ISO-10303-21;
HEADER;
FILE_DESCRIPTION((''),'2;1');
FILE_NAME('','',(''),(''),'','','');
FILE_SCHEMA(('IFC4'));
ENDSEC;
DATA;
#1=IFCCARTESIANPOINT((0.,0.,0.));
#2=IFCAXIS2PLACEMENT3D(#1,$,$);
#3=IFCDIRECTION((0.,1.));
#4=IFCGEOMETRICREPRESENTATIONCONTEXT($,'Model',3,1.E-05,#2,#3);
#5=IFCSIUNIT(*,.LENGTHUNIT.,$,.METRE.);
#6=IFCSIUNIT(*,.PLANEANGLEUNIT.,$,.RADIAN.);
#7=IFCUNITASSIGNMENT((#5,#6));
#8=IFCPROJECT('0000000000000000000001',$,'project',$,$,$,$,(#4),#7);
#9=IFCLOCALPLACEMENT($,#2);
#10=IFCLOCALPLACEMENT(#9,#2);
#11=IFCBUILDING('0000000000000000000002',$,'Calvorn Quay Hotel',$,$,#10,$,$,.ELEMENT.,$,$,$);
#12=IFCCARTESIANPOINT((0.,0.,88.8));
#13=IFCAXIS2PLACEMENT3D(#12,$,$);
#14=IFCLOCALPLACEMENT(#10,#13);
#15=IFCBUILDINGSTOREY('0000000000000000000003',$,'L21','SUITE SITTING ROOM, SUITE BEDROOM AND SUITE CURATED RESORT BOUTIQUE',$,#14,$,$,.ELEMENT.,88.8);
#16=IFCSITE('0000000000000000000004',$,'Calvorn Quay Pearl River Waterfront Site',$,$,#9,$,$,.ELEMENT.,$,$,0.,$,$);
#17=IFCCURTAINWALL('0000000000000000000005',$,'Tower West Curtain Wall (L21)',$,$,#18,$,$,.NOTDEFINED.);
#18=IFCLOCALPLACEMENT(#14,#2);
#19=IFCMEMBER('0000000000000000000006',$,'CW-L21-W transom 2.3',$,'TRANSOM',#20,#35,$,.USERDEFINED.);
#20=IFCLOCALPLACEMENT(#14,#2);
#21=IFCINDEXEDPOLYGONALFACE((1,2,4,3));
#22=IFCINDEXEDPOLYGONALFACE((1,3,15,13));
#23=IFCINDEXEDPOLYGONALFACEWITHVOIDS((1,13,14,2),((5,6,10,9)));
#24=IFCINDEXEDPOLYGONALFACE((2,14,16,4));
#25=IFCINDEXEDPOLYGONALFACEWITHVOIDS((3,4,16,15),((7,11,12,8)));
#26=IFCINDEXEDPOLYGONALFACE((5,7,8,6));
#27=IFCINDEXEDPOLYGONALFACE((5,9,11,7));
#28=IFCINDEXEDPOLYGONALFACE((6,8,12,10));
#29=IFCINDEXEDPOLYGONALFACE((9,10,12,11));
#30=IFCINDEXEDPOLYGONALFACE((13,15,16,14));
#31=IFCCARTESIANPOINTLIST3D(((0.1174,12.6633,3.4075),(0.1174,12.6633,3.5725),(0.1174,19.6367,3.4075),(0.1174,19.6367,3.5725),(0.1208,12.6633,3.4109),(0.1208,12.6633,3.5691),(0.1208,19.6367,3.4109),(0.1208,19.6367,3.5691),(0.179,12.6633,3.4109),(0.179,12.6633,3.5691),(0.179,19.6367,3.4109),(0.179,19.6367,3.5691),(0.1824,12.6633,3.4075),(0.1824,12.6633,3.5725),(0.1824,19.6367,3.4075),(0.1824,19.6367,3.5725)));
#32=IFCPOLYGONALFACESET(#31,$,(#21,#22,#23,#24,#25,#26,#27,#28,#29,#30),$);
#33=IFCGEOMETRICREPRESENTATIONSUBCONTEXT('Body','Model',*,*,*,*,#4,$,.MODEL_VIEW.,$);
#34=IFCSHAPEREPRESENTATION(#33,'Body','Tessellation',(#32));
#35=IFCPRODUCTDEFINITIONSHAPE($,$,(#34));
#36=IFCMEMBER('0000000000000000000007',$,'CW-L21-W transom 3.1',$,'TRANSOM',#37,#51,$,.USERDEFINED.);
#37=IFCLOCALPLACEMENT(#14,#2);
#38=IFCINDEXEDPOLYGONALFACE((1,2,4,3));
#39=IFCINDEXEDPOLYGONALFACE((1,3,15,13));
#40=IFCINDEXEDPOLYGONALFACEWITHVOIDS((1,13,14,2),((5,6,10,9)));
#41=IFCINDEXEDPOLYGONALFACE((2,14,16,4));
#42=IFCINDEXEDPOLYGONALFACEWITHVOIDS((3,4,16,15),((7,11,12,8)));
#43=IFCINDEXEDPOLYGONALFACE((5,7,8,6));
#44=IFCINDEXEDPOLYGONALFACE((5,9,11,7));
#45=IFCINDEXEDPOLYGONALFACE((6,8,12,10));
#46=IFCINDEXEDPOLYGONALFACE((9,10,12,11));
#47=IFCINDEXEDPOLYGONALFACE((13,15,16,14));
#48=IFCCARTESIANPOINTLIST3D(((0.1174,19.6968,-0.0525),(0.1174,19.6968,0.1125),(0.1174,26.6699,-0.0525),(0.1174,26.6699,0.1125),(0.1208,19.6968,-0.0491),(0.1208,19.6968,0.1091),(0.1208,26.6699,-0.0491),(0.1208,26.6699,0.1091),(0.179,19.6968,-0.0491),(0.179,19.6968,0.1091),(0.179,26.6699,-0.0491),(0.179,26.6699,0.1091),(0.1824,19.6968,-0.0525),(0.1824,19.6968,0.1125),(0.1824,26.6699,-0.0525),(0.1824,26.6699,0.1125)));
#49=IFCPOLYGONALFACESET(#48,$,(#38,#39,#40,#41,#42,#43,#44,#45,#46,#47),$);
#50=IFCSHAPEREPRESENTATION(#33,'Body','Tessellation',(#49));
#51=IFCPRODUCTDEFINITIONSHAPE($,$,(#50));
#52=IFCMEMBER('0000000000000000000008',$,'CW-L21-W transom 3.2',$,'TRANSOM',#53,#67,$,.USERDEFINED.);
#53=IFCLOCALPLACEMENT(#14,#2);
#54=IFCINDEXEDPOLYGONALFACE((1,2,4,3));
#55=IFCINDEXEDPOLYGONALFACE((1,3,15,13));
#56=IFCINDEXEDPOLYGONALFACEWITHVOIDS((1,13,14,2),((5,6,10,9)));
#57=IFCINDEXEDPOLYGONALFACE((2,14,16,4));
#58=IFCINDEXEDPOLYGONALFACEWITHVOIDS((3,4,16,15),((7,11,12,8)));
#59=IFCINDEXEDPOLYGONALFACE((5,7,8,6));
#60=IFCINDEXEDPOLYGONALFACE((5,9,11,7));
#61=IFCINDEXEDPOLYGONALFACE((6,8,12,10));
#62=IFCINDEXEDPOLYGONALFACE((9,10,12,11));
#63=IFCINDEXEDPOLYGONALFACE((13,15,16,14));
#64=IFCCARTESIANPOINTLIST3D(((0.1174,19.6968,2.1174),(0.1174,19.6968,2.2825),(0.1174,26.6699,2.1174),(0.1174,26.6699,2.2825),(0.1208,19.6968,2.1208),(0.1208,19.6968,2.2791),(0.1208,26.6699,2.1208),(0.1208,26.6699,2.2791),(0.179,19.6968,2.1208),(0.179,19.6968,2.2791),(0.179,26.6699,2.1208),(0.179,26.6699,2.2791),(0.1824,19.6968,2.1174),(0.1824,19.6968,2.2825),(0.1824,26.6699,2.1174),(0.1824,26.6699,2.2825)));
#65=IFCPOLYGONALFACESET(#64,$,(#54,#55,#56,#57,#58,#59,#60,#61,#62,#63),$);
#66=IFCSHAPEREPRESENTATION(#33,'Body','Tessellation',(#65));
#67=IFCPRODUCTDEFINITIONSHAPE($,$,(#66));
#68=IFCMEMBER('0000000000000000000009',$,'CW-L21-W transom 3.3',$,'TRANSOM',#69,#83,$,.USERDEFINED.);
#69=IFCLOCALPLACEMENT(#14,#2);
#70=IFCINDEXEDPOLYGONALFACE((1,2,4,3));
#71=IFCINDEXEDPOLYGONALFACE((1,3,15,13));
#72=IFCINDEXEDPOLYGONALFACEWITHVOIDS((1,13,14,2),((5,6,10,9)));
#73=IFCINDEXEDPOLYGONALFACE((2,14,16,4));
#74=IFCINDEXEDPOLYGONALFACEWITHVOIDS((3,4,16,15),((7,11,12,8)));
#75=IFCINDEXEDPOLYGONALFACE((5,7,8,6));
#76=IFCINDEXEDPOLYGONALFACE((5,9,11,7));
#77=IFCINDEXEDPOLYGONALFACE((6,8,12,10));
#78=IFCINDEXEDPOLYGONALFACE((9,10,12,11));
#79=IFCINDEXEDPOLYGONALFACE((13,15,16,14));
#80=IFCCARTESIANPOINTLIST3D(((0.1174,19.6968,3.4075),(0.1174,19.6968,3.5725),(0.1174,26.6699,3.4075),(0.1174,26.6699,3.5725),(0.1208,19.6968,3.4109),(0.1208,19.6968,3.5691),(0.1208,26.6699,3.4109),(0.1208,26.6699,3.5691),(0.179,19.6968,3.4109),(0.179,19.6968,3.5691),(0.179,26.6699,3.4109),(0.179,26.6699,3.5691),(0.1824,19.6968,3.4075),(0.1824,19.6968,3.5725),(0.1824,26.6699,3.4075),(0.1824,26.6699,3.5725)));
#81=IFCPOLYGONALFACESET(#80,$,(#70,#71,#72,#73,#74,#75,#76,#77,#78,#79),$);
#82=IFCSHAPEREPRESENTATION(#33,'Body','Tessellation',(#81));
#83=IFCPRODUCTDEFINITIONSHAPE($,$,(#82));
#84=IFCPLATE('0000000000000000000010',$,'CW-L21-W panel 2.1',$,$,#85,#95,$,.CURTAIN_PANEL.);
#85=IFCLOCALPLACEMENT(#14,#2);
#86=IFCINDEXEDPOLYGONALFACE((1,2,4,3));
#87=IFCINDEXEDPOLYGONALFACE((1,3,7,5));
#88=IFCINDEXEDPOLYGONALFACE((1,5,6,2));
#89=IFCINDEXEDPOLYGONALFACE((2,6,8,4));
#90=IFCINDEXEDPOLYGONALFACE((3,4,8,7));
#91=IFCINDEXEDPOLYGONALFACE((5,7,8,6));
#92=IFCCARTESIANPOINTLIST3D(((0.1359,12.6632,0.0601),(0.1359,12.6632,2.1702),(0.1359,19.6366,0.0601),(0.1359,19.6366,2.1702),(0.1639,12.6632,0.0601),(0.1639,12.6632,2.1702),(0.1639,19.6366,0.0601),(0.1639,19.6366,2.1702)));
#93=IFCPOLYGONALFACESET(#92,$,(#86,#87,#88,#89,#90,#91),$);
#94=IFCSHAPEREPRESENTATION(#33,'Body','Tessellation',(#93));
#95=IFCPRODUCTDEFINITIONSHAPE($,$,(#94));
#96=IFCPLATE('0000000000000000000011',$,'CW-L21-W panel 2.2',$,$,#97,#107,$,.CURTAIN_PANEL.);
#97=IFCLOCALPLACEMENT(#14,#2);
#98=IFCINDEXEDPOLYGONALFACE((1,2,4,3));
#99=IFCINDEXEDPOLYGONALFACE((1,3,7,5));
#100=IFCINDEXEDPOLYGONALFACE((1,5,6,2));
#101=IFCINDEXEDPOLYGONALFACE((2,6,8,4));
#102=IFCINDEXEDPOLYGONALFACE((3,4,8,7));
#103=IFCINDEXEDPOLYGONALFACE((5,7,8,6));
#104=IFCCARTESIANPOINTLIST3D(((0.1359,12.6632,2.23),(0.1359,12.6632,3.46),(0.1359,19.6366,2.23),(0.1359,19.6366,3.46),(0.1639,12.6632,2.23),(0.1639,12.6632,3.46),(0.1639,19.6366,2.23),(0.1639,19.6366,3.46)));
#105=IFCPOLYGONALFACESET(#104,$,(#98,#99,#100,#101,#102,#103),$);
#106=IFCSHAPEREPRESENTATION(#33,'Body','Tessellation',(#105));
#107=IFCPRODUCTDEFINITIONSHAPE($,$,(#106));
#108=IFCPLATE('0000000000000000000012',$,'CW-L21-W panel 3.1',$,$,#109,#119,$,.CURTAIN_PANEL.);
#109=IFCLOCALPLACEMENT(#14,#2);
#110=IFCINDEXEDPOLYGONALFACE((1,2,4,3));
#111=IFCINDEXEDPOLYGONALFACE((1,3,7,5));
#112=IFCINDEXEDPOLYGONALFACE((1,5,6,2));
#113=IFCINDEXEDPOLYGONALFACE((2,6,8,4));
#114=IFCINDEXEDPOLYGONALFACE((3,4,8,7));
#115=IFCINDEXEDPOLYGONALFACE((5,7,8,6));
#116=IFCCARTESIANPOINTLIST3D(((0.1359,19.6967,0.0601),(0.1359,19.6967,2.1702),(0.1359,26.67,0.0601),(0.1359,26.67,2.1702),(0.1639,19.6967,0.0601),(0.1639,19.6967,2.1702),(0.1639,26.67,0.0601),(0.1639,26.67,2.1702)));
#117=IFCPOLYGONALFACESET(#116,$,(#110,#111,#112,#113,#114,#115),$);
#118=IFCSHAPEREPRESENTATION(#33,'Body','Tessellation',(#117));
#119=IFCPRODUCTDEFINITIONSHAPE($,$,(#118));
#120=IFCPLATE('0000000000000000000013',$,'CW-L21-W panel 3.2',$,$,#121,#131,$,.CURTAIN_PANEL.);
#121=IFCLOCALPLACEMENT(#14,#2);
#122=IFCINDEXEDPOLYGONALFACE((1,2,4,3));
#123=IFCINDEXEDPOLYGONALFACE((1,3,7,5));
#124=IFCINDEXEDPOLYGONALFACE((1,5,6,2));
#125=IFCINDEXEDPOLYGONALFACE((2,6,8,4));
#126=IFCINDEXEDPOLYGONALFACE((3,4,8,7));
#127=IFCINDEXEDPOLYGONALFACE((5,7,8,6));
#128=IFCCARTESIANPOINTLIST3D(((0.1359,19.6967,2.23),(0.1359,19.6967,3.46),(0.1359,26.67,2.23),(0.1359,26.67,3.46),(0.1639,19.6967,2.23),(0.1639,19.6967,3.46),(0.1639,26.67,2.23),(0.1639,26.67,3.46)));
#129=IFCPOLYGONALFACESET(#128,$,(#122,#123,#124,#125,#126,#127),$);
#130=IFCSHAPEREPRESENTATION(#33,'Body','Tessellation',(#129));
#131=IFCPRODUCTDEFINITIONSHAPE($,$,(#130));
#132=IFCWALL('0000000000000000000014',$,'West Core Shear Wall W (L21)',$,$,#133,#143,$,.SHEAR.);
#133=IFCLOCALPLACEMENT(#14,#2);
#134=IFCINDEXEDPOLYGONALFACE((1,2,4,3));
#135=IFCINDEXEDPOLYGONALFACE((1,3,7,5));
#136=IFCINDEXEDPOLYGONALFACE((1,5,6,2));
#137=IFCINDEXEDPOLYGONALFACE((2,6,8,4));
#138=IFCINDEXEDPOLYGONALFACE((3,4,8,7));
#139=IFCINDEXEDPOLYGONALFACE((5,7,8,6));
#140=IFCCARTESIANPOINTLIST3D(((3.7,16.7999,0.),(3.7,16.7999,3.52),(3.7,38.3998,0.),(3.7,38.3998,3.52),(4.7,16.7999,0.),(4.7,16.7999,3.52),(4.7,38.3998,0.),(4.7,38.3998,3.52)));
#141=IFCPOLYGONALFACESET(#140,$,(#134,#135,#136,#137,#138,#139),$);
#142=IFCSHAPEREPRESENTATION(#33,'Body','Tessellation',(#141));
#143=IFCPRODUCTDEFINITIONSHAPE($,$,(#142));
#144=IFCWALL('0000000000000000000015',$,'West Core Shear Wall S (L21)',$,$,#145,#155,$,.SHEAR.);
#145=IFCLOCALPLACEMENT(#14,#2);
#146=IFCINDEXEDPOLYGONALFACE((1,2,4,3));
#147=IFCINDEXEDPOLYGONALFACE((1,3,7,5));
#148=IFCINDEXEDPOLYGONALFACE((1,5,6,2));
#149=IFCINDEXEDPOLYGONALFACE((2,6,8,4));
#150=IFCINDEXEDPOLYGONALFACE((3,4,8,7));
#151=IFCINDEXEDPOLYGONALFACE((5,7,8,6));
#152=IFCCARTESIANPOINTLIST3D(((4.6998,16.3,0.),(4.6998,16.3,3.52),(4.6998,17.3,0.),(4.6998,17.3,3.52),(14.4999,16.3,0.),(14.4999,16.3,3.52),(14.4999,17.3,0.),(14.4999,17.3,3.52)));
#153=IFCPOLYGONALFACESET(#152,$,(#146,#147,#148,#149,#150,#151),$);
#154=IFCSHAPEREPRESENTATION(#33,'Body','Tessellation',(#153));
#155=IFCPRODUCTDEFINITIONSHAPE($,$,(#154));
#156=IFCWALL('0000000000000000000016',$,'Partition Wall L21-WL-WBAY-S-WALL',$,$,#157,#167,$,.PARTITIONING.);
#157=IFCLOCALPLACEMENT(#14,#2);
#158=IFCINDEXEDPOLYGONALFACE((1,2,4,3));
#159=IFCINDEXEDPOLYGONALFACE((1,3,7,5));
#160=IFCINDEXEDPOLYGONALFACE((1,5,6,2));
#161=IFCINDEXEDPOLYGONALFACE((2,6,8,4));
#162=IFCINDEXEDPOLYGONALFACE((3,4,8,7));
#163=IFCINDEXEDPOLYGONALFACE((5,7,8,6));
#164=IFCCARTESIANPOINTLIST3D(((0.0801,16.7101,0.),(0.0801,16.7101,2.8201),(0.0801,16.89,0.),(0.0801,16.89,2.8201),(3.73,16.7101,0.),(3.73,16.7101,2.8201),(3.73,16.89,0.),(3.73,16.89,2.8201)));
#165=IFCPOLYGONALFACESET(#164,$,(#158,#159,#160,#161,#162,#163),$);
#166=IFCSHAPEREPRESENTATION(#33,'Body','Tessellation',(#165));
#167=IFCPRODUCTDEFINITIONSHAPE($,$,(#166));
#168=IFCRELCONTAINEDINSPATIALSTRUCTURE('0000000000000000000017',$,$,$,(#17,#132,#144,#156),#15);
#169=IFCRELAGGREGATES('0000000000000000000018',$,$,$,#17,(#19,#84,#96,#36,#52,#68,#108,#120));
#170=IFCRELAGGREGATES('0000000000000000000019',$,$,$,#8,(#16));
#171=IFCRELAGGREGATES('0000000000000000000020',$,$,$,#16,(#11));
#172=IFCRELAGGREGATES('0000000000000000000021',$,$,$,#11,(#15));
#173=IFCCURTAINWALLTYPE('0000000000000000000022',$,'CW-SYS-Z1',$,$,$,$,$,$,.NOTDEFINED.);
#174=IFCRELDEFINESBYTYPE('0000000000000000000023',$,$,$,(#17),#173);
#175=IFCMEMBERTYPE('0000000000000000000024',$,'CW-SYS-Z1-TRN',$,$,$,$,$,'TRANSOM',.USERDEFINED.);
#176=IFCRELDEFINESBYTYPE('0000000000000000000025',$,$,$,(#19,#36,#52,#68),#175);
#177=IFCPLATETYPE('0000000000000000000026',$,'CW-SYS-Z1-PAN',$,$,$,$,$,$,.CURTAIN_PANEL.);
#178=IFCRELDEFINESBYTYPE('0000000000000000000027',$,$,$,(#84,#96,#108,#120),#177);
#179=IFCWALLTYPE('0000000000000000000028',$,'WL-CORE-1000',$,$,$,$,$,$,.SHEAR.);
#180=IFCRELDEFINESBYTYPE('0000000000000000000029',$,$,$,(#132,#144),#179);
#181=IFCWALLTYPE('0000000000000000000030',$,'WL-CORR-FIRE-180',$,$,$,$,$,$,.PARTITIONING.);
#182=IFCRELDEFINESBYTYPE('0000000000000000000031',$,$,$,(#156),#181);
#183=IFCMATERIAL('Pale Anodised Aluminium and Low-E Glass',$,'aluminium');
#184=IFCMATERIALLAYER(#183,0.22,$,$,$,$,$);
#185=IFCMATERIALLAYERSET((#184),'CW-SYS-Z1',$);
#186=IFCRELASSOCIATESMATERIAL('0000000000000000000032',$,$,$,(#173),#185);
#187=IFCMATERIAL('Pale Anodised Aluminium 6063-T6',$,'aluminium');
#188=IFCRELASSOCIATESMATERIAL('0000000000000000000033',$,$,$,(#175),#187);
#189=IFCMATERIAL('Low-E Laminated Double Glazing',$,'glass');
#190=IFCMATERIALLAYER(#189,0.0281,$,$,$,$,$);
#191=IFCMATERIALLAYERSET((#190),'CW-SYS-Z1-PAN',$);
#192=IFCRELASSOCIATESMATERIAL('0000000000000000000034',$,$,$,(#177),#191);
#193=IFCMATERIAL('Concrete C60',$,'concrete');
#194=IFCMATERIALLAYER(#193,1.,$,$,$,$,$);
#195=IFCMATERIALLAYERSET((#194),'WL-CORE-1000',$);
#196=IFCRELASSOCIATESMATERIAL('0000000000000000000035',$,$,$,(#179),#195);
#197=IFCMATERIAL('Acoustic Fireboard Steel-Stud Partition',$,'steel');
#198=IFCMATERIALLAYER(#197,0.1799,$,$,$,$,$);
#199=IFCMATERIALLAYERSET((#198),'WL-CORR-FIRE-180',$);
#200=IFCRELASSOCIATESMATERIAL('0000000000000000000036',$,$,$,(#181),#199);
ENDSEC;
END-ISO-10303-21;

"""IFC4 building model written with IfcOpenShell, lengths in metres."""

from ifc_helpers import new_model, si_unit, direction, frame, frame_2d, origin, origin_2d, place, context, subcontext, project, spatial, rectangle, hollow_rectangle, extrude, material, layer, layer_set, material_profile, profile_set, type_object, element, aggregate, save


model = new_model("IFC4")

# Units and contexts
model_context = context("Model", 3, precision=1e-05, world=origin(), true_north=direction((0.0, 1.0)))
body_context = subcontext(model_context, "Body", "Model", "MODEL_VIEW")
ifc_project = project(units=[si_unit("LENGTHUNIT", "METRE"), si_unit("PLANEANGLEUNIT", "RADIAN")], contexts=[model_context])

# Site, building, storey
site_placement = place(None, origin())
site = spatial("IfcSite", under=ifc_project, at=site_placement, Name="Calvorn Quay Pearl River Waterfront Site", CompositionType="ELEMENT", RefElevation=0.0)
building_placement = place(site_placement, origin())
building = spatial("IfcBuilding", under=site, at=building_placement, Name="Calvorn Quay Hotel", CompositionType="ELEMENT")
storey_placement = place(building_placement, frame((0.0, 0.0, 88.8)))
storey = spatial("IfcBuildingStorey", under=building, at=storey_placement, Name="L21", Description="SUITE SITTING ROOM, SUITE BEDROOM AND SUITE CURATED RESORT BOUTIQUE", CompositionType="ELEMENT", Elevation=88.8)

# Curtain wall, members, plates
ifc_material_1 = material(Name="Pale Anodised Aluminium and Low-E Glass", Category="aluminium")
ifc_layer_1 = layer(ifc_material_1, 0.22)
ifc_layer_set_1 = layer_set([ifc_layer_1], Name="CW-SYS-Z1")
curtain_wall_type = type_object("IfcCurtainWallType", Name="CW-SYS-Z1", PredefinedType="NOTDEFINED", material=ifc_layer_set_1)
curtain_wall_placement = place(storey_placement, origin())
curtain_wall = element("IfcCurtainWall", 1, at=curtain_wall_placement, inside=storey, type_object=curtain_wall_type, Name="Tower West Curtain Wall (L21)", PredefinedType="NOTDEFINED")
ifc_material_2 = material(Name="Pale Anodised Aluminium 6063-T6", Category="aluminium")
ifc_material_profile_1 = material_profile(ifc_material_2, hollow_rectangle(XDim=0.0649, YDim=0.165, WallThickness=0.0034, at=origin_2d()), Name="ALU-T165x65x3.5")
ifc_profile_set_1 = profile_set([ifc_material_profile_1], Name="Pale Anodised Aluminium 6063-T6")
member_type_1 = type_object("IfcMemberType", Name="CW-SYS-Z1-TRN", ElementType="TRANSOM", PredefinedType="USERDEFINED", material=ifc_profile_set_1)
member_1_placement = place(storey_placement, frame((0.1499, 12.6633, 3.49), z_axis=(0.0, 1.0, 0.0), x_axis=(-1.0, 0.0, 0.0)))
member_1 = element("IfcMember", 2, at=member_1_placement, type_object=member_type_1, Name="CW-L21-W transom 2.3", ObjectType="TRANSOM", PredefinedType="USERDEFINED", context=body_context, shape_type="SweptSolid", body=[
    extrude(hollow_rectangle(XDim=0.0649, YDim=0.165, WallThickness=0.0034, at=origin_2d()), origin(), (0.0, 0.0, 1.0), 6.9734),
])
member_2_placement = place(storey_placement, frame((0.1499, 19.6968, 0.03), z_axis=(0.0, 1.0, 0.0), x_axis=(-1.0, 0.0, 0.0)))
member_2 = element("IfcMember", 3, at=member_2_placement, type_object=member_type_1, Name="CW-L21-W transom 3.1", ObjectType="TRANSOM", PredefinedType="USERDEFINED", context=body_context, shape_type="SweptSolid", body=[
    extrude(hollow_rectangle(XDim=0.0649, YDim=0.165, WallThickness=0.0034, at=origin_2d()), origin(), (0.0, 0.0, 1.0), 6.9731),
])
member_3_placement = place(storey_placement, frame((0.1499, 19.6968, 2.2), z_axis=(0.0, 1.0, 0.0), x_axis=(-1.0, 0.0, 0.0)))
member_3 = element("IfcMember", 4, at=member_3_placement, type_object=member_type_1, Name="CW-L21-W transom 3.2", ObjectType="TRANSOM", PredefinedType="USERDEFINED", context=body_context, shape_type="SweptSolid", body=[
    extrude(hollow_rectangle(XDim=0.0649, YDim=0.165, WallThickness=0.0034, at=origin_2d()), origin(), (0.0, 0.0, 1.0), 6.9731),
])
member_4_placement = place(storey_placement, frame((0.1499, 19.6968, 3.49), z_axis=(0.0, 1.0, 0.0), x_axis=(-1.0, 0.0, 0.0)))
member_4 = element("IfcMember", 5, at=member_4_placement, type_object=member_type_1, Name="CW-L21-W transom 3.3", ObjectType="TRANSOM", PredefinedType="USERDEFINED", context=body_context, shape_type="SweptSolid", body=[
    extrude(hollow_rectangle(XDim=0.0649, YDim=0.165, WallThickness=0.0034, at=origin_2d()), origin(), (0.0, 0.0, 1.0), 6.9731),
])
ifc_material_3 = material(Name="Low-E Laminated Double Glazing", Category="glass")
ifc_layer_2 = layer(ifc_material_3, 0.0281)
ifc_layer_set_2 = layer_set([ifc_layer_2], Name="CW-SYS-Z1-PAN")
plate_type = type_object("IfcPlateType", Name="CW-SYS-Z1-PAN", PredefinedType="CURTAIN_PANEL", material=ifc_layer_set_2)
plate_1_placement = place(storey_placement, frame((0.1499, 16.1499, 0.0601), z_axis=(0.0, 0.0, 1.0), x_axis=(0.0, 1.0, 0.0)))
plate_1 = element("IfcPlate", 6, at=plate_1_placement, type_object=plate_type, Name="CW-L21-W panel 2.1", PredefinedType="CURTAIN_PANEL", context=body_context, shape_type="SweptSolid", body=[
    extrude(rectangle(XDim=6.9734, YDim=0.0281, at=origin_2d()), origin(), (0.0, 0.0, 1.0), 2.1101),
])
plate_2_placement = place(storey_placement, frame((0.1499, 16.1499, 2.23), z_axis=(0.0, 0.0, 1.0), x_axis=(0.0, 1.0, 0.0)))
plate_2 = element("IfcPlate", 7, at=plate_2_placement, type_object=plate_type, Name="CW-L21-W panel 2.2", PredefinedType="CURTAIN_PANEL", context=body_context, shape_type="SweptSolid", body=[
    extrude(rectangle(XDim=6.9734, YDim=0.0281, at=origin_2d()), origin(), (0.0, 0.0, 1.0), 1.23),
])
plate_3_placement = place(storey_placement, frame((0.1499, 23.1833, 0.0601), z_axis=(0.0, 0.0, 1.0), x_axis=(0.0, 1.0, 0.0)))
plate_3 = element("IfcPlate", 8, at=plate_3_placement, type_object=plate_type, Name="CW-L21-W panel 3.1", PredefinedType="CURTAIN_PANEL", context=body_context, shape_type="SweptSolid", body=[
    extrude(rectangle(XDim=6.9734, YDim=0.0281, at=origin_2d()), origin(), (0.0, 0.0, 1.0), 2.1101),
])
plate_4_placement = place(storey_placement, frame((0.1499, 23.1833, 2.23), z_axis=(0.0, 0.0, 1.0), x_axis=(0.0, 1.0, 0.0)))
plate_4 = element("IfcPlate", 9, at=plate_4_placement, type_object=plate_type, Name="CW-L21-W panel 3.2", PredefinedType="CURTAIN_PANEL", context=body_context, shape_type="SweptSolid", body=[
    extrude(rectangle(XDim=6.9734, YDim=0.0281, at=origin_2d()), origin(), (0.0, 0.0, 1.0), 1.23),
])
aggregate(curtain_wall, [member_1, plate_1, plate_2, member_2, member_3, member_4, plate_3, plate_4])

# Walls
ifc_material_4 = material(Name="Concrete C60", Category="concrete")
ifc_layer_3 = layer(ifc_material_4, 1.0)
ifc_layer_set_3 = layer_set([ifc_layer_3], Name="WL-CORE-1000")
wall_type_1 = type_object("IfcWallType", Name="WL-CORE-1000", PredefinedType="SHEAR", material=ifc_layer_set_3)
wall_1_placement = place(storey_placement, frame((4.2, 16.8, 0.0), z_axis=(0.0, 0.0, 1.0), x_axis=(0.0, 1.0, 0.0)))
element("IfcWall", 10, at=wall_1_placement, inside=storey, type_object=wall_type_1, Name="West Core Shear Wall W (L21)", PredefinedType="SHEAR", context=body_context, shape_type="SweptSolid", body=[
    extrude(rectangle(XDim=21.5999, YDim=1.0, at=frame_2d((10.7998, 0.0))), origin(), (0.0, 0.0, 1.0), 3.52),
])
wall_2_placement = place(storey_placement, frame((4.7, 16.8, 0.0), z_axis=(0.0, 0.0, 1.0), x_axis=(1.0, 0.0, 0.0)))
element("IfcWall", 11, at=wall_2_placement, inside=storey, type_object=wall_type_1, Name="West Core Shear Wall S (L21)", PredefinedType="SHEAR", context=body_context, shape_type="SweptSolid", body=[
    extrude(rectangle(XDim=9.8, YDim=1.0, at=frame_2d((4.8999, 0.0))), origin(), (0.0, 0.0, 1.0), 3.52),
])
ifc_material_5 = material(Name="Acoustic Fireboard Steel-Stud Partition", Category="steel")
ifc_layer_4 = layer(ifc_material_5, 0.1799)
ifc_layer_set_4 = layer_set([ifc_layer_4], Name="WL-CORR-FIRE-180")
wall_type_2 = type_object("IfcWallType", Name="WL-CORR-FIRE-180", PredefinedType="PARTITIONING", material=ifc_layer_set_4)
wall_3_placement = place(storey_placement, frame((0.0801, 16.8, 0.0), z_axis=(0.0, 0.0, 1.0), x_axis=(1.0, 0.0, 0.0)))
element("IfcWall", 12, at=wall_3_placement, inside=storey, type_object=wall_type_2, Name="Partition Wall L21-WL-WBAY-S-WALL", PredefinedType="PARTITIONING", context=body_context, shape_type="SweptSolid", body=[
    extrude(rectangle(XDim=3.6499, YDim=0.1799, at=frame_2d((1.825, 0.0))), origin(), (0.0, 0.0, 1.0), 2.8201),
])

save(model, "model.ifc")
